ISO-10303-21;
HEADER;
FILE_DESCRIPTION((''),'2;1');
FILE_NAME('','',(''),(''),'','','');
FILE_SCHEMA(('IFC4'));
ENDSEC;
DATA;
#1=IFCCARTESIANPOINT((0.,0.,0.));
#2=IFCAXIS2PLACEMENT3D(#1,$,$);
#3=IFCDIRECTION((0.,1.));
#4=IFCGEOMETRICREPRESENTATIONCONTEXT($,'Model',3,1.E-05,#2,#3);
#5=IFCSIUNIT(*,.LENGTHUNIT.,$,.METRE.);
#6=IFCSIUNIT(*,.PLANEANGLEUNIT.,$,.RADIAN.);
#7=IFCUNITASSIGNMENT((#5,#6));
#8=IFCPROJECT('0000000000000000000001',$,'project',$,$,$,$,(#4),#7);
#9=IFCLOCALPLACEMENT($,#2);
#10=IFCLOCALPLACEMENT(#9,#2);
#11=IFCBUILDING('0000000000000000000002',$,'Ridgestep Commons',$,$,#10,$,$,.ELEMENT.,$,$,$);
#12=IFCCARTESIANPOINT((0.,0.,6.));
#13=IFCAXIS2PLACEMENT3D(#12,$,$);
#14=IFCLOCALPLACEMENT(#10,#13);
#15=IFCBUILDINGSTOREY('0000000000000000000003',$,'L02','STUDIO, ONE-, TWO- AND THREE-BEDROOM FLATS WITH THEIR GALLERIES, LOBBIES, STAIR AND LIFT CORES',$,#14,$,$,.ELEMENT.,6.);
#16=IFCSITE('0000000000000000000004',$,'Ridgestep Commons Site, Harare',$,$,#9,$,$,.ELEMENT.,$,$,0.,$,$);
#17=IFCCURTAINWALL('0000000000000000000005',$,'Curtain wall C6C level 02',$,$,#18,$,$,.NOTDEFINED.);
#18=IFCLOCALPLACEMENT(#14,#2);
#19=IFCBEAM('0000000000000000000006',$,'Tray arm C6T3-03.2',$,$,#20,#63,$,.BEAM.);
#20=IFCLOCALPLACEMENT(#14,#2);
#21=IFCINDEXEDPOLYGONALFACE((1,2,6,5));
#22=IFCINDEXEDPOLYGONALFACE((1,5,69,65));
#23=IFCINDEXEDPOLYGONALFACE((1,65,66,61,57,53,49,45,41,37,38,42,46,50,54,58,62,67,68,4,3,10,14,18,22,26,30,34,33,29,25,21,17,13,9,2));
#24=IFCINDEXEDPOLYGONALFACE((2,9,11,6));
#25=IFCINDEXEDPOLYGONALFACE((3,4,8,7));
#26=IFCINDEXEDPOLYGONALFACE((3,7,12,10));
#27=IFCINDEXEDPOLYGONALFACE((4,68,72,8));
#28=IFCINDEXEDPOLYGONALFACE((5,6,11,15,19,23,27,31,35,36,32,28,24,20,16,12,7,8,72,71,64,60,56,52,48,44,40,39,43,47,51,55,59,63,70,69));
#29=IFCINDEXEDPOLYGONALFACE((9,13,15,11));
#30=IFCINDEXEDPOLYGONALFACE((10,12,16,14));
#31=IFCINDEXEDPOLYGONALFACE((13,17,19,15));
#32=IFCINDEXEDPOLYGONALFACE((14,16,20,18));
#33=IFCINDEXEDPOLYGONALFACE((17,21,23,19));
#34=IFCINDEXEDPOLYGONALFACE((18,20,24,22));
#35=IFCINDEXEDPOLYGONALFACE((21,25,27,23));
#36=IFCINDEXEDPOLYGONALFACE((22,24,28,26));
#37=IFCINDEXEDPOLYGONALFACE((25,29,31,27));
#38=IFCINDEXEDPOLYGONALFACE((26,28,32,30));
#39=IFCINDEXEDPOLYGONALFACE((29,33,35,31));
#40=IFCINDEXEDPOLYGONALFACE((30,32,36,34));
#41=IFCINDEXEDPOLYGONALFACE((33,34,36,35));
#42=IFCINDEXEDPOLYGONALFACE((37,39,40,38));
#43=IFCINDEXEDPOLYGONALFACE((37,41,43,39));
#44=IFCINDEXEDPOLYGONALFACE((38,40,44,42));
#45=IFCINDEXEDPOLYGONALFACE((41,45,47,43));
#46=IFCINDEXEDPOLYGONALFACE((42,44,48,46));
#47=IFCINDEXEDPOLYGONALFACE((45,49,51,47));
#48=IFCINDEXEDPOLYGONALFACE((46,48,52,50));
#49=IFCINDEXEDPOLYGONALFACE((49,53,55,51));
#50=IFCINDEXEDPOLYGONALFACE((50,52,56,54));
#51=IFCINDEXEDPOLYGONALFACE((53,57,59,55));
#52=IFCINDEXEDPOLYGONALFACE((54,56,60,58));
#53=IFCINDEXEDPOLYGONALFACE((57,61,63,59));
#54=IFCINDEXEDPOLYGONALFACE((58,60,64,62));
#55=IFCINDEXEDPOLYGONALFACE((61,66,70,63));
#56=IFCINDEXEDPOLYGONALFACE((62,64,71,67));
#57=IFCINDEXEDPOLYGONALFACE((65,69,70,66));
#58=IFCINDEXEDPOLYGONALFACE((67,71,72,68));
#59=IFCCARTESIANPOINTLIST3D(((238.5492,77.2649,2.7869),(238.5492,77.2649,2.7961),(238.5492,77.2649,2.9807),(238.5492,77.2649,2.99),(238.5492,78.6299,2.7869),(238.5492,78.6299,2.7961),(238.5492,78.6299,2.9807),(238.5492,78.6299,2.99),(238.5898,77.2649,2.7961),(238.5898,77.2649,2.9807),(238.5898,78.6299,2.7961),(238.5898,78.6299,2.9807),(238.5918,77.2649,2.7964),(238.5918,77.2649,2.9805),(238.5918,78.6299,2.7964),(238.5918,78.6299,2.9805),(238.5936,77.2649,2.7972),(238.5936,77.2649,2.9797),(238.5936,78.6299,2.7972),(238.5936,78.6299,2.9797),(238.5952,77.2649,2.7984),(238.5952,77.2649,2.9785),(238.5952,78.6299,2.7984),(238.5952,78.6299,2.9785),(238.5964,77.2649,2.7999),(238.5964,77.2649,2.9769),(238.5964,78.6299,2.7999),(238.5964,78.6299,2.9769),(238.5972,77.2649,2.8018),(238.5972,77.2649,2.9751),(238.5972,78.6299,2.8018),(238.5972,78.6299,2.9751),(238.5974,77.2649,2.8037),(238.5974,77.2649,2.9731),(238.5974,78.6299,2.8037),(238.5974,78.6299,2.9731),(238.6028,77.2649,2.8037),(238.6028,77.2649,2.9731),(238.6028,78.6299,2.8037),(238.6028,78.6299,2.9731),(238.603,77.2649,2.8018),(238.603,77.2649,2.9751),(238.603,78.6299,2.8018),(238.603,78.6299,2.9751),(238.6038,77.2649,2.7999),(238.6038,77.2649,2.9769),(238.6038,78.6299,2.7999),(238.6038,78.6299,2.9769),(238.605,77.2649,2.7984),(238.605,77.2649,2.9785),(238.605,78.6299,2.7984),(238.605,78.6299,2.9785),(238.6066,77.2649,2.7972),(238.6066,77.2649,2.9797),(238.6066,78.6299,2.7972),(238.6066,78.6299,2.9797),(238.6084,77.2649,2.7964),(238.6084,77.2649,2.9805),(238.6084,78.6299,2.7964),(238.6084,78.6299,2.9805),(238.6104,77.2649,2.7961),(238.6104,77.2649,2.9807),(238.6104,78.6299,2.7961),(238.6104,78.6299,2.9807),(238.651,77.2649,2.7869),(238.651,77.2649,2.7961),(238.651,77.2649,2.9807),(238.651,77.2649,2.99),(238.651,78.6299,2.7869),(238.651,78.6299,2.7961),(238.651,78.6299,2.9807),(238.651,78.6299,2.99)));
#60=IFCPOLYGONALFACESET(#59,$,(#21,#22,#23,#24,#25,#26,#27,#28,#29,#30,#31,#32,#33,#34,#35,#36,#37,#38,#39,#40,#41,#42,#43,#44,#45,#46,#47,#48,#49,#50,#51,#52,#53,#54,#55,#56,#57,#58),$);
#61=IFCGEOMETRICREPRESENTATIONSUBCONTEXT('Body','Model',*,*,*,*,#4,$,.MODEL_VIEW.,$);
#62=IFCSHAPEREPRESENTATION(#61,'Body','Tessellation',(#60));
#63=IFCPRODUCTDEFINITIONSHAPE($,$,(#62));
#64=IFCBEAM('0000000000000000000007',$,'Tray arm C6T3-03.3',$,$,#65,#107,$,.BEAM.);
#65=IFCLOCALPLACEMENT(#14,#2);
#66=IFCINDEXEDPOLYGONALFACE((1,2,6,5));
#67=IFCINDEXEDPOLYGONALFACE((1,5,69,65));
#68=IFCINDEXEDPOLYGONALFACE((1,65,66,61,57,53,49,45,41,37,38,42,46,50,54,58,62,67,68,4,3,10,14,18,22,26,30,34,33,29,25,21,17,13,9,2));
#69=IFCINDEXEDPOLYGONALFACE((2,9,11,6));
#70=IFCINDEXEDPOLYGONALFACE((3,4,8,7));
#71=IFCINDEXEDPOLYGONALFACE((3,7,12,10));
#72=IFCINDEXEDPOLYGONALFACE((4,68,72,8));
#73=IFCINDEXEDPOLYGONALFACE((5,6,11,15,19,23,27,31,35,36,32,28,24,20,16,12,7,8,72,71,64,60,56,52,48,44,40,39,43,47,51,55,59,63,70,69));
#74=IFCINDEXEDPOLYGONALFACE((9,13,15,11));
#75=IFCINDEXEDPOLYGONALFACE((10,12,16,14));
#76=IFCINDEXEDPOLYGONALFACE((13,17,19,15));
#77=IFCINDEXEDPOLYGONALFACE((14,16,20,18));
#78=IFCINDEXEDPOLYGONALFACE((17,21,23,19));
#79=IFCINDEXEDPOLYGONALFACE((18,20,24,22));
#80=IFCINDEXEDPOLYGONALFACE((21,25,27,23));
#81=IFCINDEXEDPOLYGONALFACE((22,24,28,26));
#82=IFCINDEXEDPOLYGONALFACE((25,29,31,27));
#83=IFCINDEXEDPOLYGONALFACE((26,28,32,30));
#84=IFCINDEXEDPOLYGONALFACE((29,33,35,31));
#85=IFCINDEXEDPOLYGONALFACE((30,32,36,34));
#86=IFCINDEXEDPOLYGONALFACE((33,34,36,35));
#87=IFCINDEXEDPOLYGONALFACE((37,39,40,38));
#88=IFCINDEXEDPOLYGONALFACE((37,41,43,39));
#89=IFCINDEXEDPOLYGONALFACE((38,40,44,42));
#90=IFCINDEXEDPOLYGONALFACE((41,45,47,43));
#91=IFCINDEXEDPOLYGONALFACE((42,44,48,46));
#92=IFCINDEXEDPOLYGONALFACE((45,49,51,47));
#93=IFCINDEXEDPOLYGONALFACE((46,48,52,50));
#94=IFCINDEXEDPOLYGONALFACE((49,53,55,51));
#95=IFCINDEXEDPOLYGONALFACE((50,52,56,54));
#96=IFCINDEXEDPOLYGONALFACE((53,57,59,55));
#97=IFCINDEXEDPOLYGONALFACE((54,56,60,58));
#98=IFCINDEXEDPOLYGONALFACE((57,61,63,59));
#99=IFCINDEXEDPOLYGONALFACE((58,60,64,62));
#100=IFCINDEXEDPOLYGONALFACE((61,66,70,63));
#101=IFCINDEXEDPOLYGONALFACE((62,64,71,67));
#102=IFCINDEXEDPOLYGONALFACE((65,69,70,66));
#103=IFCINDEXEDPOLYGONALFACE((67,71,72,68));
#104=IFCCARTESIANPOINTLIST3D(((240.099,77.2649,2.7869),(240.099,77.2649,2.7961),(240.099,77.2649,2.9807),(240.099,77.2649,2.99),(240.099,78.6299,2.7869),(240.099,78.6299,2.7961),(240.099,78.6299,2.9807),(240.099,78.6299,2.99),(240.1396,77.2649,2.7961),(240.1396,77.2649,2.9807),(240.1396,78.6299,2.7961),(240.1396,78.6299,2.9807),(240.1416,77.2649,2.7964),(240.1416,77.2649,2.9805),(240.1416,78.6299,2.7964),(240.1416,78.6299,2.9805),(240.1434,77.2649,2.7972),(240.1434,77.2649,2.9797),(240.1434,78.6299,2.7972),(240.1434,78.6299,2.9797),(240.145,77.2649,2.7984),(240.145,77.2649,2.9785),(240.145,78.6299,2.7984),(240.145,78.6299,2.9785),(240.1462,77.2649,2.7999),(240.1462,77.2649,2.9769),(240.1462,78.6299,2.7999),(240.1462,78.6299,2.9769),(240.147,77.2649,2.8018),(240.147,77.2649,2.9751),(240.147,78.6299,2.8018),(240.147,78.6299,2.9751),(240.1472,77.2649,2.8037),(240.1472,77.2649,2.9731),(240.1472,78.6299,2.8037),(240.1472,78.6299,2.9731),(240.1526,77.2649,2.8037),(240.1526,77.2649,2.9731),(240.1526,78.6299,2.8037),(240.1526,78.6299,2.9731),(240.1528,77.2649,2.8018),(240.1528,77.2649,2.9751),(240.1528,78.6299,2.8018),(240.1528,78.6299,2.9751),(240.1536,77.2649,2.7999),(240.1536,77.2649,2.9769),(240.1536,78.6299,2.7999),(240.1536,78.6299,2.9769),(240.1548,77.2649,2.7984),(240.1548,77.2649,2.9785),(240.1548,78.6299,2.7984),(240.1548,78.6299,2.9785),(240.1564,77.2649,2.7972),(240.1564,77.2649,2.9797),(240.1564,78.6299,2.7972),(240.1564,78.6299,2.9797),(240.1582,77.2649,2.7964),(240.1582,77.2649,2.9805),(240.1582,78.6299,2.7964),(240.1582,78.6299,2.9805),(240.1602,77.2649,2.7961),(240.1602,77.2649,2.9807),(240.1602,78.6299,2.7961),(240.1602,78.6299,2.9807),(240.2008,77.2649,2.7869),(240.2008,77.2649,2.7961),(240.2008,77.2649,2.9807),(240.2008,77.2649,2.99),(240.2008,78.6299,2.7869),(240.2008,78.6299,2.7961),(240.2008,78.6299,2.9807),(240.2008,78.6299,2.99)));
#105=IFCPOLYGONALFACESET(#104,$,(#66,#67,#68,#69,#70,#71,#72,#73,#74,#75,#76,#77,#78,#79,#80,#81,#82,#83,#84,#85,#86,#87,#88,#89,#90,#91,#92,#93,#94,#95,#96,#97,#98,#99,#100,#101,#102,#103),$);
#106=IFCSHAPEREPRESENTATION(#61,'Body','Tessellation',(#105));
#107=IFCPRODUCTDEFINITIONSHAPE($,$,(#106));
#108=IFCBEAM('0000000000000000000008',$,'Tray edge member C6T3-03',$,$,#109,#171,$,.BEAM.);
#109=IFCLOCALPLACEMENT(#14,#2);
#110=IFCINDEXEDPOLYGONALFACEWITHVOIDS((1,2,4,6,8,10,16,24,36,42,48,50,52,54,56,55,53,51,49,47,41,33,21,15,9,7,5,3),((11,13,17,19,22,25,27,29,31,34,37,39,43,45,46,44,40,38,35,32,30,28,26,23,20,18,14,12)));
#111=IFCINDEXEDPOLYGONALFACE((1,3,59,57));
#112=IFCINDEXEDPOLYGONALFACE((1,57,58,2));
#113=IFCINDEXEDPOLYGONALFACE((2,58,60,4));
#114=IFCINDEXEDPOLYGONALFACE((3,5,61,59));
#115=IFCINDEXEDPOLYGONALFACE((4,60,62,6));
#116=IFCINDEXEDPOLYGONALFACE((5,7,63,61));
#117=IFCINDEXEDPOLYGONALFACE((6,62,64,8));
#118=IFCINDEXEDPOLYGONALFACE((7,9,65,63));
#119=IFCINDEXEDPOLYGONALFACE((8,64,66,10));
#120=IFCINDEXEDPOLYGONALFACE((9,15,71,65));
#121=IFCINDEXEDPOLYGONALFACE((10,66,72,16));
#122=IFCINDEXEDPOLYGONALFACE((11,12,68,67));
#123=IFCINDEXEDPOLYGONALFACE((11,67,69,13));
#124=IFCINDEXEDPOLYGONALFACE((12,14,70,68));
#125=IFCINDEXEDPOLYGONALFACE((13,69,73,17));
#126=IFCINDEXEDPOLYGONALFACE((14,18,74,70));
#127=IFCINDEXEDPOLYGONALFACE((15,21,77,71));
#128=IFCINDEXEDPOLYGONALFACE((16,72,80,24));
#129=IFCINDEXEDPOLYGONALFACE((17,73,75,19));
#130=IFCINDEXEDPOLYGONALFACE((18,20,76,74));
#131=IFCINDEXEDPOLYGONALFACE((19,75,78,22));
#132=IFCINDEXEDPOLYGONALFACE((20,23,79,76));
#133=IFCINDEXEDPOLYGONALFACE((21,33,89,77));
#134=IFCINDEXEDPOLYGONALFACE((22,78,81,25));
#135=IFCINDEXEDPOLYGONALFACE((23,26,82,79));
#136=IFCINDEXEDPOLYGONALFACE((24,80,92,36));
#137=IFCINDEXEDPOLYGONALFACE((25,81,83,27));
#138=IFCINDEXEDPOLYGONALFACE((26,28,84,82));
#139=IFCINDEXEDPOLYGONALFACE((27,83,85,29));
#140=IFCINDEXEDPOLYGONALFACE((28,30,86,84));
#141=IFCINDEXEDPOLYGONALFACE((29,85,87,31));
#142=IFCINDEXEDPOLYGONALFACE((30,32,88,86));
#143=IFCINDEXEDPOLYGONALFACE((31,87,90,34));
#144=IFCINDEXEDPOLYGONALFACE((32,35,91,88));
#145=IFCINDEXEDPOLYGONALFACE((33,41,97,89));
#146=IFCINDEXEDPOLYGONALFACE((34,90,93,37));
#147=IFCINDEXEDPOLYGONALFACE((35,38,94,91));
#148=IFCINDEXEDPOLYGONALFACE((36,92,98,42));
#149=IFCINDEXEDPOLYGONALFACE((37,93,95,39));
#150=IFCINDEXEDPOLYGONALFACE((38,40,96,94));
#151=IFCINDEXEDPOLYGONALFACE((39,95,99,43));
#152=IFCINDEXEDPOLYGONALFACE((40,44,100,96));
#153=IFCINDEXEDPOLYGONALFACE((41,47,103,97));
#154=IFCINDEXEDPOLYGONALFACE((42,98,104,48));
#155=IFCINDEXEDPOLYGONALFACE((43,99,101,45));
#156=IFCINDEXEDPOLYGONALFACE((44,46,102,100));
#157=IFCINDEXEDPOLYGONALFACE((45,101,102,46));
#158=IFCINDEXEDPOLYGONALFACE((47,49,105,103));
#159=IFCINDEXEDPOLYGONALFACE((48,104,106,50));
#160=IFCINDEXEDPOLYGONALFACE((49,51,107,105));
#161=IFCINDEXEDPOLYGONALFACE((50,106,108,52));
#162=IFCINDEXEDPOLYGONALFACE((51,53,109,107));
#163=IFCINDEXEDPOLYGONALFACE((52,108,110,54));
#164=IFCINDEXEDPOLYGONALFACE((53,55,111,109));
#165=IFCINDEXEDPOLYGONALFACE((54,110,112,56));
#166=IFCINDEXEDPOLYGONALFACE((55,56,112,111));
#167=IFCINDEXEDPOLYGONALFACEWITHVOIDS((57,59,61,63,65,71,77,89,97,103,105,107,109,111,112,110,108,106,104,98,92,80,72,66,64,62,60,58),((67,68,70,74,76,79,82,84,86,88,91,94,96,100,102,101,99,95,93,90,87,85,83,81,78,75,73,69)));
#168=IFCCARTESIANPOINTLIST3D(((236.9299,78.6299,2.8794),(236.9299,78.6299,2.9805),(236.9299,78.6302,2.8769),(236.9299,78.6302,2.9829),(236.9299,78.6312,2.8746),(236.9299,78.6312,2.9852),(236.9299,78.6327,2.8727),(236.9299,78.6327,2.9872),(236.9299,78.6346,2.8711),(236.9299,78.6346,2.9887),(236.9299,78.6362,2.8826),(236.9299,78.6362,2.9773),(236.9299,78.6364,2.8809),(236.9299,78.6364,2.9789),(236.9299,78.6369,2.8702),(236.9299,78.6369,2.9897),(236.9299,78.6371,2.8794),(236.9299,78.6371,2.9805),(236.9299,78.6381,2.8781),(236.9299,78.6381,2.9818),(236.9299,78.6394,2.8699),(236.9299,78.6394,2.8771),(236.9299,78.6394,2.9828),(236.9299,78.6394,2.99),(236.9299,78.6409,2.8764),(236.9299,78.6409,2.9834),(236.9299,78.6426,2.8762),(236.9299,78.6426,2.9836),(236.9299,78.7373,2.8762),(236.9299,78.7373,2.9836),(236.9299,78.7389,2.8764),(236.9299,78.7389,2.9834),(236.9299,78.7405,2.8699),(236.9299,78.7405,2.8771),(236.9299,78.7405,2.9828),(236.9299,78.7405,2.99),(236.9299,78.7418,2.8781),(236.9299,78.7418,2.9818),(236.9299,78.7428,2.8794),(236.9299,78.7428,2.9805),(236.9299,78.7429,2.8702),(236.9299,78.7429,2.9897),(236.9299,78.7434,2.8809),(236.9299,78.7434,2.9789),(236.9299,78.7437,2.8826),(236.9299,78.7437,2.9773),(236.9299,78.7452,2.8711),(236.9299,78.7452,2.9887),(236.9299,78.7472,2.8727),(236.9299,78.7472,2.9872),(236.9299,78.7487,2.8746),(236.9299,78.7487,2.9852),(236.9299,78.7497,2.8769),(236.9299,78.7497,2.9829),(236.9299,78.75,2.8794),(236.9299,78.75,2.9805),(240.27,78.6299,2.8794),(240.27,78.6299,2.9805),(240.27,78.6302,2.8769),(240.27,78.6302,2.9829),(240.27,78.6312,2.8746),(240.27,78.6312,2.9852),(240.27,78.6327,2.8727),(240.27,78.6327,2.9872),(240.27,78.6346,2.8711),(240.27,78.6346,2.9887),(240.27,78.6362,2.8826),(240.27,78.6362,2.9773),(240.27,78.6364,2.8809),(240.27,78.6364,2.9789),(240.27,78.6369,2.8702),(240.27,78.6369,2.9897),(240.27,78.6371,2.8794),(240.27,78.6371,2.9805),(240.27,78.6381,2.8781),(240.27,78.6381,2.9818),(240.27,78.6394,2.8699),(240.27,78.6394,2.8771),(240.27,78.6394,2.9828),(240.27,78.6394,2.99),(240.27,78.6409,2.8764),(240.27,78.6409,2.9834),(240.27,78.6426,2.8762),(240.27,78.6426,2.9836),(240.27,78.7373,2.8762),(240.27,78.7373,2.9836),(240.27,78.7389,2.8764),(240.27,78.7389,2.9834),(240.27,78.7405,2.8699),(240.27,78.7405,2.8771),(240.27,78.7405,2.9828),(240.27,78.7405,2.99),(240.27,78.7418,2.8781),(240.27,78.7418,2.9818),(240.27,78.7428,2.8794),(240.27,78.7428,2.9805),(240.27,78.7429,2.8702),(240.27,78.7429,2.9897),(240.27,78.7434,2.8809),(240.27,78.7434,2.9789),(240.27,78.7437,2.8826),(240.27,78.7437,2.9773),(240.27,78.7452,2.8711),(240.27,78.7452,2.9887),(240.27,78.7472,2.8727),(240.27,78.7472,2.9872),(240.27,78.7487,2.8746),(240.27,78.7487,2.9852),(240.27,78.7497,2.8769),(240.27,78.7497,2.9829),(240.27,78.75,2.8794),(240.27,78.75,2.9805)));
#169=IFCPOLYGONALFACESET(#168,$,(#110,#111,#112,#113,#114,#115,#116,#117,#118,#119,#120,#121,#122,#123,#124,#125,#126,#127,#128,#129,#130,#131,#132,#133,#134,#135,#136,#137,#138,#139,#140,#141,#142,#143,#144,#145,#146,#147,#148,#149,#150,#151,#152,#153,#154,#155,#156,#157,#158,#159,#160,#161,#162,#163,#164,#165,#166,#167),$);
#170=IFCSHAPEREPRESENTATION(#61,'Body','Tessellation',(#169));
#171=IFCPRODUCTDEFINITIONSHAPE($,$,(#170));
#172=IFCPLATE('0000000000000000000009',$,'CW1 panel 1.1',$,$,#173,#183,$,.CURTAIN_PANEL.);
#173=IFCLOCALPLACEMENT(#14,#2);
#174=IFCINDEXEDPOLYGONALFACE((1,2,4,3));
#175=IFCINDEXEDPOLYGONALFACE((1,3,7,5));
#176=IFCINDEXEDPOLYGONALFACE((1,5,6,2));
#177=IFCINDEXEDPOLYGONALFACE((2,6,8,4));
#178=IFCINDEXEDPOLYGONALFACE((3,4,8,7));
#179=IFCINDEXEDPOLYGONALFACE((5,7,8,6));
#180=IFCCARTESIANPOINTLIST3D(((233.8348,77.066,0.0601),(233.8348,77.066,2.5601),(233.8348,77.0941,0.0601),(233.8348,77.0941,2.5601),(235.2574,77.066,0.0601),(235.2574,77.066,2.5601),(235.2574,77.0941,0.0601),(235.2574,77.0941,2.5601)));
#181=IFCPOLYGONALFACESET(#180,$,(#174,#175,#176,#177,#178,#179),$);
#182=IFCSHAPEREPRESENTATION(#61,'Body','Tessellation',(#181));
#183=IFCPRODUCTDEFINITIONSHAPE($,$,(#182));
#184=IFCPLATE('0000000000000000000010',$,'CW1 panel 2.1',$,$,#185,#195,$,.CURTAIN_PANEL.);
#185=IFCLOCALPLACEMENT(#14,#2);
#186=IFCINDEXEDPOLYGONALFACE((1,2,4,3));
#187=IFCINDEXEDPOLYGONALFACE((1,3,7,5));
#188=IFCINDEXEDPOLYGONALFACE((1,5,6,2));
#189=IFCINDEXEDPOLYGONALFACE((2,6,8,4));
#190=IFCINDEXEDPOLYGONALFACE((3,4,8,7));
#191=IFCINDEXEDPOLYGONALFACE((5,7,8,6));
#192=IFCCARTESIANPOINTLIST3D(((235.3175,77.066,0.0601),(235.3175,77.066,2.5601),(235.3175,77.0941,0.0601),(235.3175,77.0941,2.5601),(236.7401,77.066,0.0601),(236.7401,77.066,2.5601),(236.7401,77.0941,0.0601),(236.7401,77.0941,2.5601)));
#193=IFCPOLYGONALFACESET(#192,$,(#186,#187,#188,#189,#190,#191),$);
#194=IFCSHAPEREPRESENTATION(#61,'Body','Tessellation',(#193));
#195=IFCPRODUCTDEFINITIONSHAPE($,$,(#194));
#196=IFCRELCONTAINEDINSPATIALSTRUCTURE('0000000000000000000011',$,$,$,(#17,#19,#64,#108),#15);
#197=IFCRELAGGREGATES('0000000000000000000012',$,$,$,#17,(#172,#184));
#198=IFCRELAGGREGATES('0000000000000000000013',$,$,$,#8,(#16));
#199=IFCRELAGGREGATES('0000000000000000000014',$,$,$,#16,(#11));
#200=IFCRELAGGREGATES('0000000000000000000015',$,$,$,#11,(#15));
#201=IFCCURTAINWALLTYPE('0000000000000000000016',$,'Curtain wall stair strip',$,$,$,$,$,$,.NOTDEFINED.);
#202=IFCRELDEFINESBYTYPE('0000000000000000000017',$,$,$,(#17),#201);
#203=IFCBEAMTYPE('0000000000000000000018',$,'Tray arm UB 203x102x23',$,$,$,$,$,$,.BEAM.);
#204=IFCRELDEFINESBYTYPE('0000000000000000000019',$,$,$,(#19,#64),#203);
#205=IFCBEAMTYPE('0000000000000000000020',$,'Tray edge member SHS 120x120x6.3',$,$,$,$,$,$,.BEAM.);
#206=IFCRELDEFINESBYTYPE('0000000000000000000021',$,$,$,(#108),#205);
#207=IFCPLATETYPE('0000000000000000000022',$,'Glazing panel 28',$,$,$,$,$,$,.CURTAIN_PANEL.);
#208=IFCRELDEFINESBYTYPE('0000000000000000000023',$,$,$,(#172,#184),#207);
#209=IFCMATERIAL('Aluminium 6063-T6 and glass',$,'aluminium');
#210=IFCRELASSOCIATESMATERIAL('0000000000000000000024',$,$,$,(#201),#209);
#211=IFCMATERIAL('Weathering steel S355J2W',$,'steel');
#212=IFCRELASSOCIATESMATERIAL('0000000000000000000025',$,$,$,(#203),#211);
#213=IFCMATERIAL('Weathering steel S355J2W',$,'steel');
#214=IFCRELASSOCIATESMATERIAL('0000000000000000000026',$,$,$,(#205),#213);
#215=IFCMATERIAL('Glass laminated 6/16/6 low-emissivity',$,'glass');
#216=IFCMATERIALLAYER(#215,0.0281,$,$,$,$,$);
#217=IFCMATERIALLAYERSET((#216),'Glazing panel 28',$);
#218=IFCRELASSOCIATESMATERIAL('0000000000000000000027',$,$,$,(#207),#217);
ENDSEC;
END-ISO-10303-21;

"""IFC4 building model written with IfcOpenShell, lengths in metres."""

from ifc_helpers import new_model, si_unit, direction, frame, origin, origin_2d, place, context, subcontext, project, spatial, rectangle, hollow_rectangle, i_section, extrude, material, layer, layer_set, material_profile, profile_set, type_object, element, aggregate, save


model = new_model("IFC4")

# Units and contexts
model_context = context("Model", 3, precision=1e-05, world=origin(), true_north=direction((0.0, 1.0)))
body_context = subcontext(model_context, "Body", "Model", "MODEL_VIEW")
ifc_project = project(units=[si_unit("LENGTHUNIT", "METRE"), si_unit("PLANEANGLEUNIT", "RADIAN")], contexts=[model_context])

# Site, building, storey
site_placement = place(None, origin())
site = spatial("IfcSite", under=ifc_project, at=site_placement, Name="Ridgestep Commons Site, Harare", CompositionType="ELEMENT", RefElevation=0.0)
building_placement = place(site_placement, origin())
building = spatial("IfcBuilding", under=site, at=building_placement, Name="Ridgestep Commons", CompositionType="ELEMENT")
storey_placement = place(building_placement, frame((0.0, 0.0, 6.0)))
storey = spatial("IfcBuildingStorey", under=building, at=storey_placement, Name="L02", Description="STUDIO, ONE-, TWO- AND THREE-BEDROOM FLATS WITH THEIR GALLERIES, LOBBIES, STAIR AND LIFT CORES", CompositionType="ELEMENT", Elevation=6.0)

# Curtain wall
ifc_material_1 = material(Name="Aluminium 6063-T6 and glass", Category="aluminium")
curtain_wall_type = type_object("IfcCurtainWallType", Name="Curtain wall stair strip", PredefinedType="NOTDEFINED", material=ifc_material_1)
curtain_wall_placement = place(storey_placement, origin())
curtain_wall = element("IfcCurtainWall", 1, at=curtain_wall_placement, inside=storey, type_object=curtain_wall_type, Name="Curtain wall C6C level 02", PredefinedType="NOTDEFINED")

# Beams
ifc_material_2 = material(Name="Weathering steel S355J2W", Category="steel")
ifc_material_profile_1 = material_profile(ifc_material_2, i_section(OverallWidth=0.1018, OverallDepth=0.2031, WebThickness=0.0054, FlangeThickness=0.0093, FilletRadius=0.0076, at=origin_2d()), Name="UB 203x102x23")
ifc_profile_set_1 = profile_set([ifc_material_profile_1], Name="Weathering steel S355J2W")
beam_type_1 = type_object("IfcBeamType", Name="Tray arm UB 203x102x23", PredefinedType="BEAM", material=ifc_profile_set_1)
for number, where, z_axis, x_axis, name in (
    (2, (238.6001, 77.2649, 2.8884), (0.0, 1.0, 0.0), (-1.0, 0.0, 0.0), "Tray arm C6T3-03.2"),
    (3, (240.1499, 77.2649, 2.8884), (0.0, 1.0, 0.0), (-1.0, 0.0, 0.0), "Tray arm C6T3-03.3"),
):
    element("IfcBeam", number, at=place(storey_placement, frame(where, z_axis=z_axis, x_axis=x_axis)), inside=storey, type_object=beam_type_1, Name=name, PredefinedType="BEAM", context=body_context, shape_type="SweptSolid", body=[
        extrude(i_section(OverallWidth=0.1018, OverallDepth=0.2031, WebThickness=0.0054, FlangeThickness=0.0093, FilletRadius=0.0076, at=origin_2d()), origin(), (0.0, 0.0, 1.0), 1.365),
    ])
ifc_material_3 = material(Name="Weathering steel S355J2W", Category="steel")
ifc_material_profile_2 = material_profile(ifc_material_3, hollow_rectangle(XDim=0.1201, YDim=0.1201, WallThickness=0.0063, InnerFilletRadius=0.0063, OuterFilletRadius=0.0095, at=origin_2d()), Name="SHS 120x120x6.3")
ifc_profile_set_2 = profile_set([ifc_material_profile_2], Name="Weathering steel S355J2W")
beam_type_2 = type_object("IfcBeamType", Name="Tray edge member SHS 120x120x6.3", PredefinedType="BEAM", material=ifc_profile_set_2)
beam_placement = place(storey_placement, frame((236.9299, 78.6899, 2.9299), z_axis=(1.0, 0.0, 0.0), x_axis=(0.0, 0.0, 1.0)))
element("IfcBeam", 4, at=beam_placement, inside=storey, type_object=beam_type_2, Name="Tray edge member C6T3-03", PredefinedType="BEAM", context=body_context, shape_type="SweptSolid", body=[
    extrude(hollow_rectangle(XDim=0.1201, YDim=0.1201, WallThickness=0.0063, InnerFilletRadius=0.0063, OuterFilletRadius=0.0095, at=origin_2d()), origin(), (0.0, 0.0, 1.0), 3.3401),
])

# Plates
ifc_material_4 = material(Name="Glass laminated 6/16/6 low-emissivity", Category="glass")
ifc_layer_1 = layer(ifc_material_4, 0.0281)
ifc_layer_set_1 = layer_set([ifc_layer_1], Name="Glazing panel 28")
plate_type_1 = type_object("IfcPlateType", Name="Glazing panel 28", PredefinedType="CURTAIN_PANEL", material=ifc_layer_set_1)
plate_1_placement = place(storey_placement, frame((234.5461, 77.0801, 0.0601), z_axis=(0.0, 0.0, 1.0), x_axis=(1.0, 0.0, 0.0)))
plate_1 = element("IfcPlate", 5, at=plate_1_placement, type_object=plate_type_1, Name="CW1 panel 1.1", PredefinedType="CURTAIN_PANEL", context=body_context, shape_type="SweptSolid", body=[
    extrude(rectangle(XDim=1.4226, YDim=0.0281, at=origin_2d()), origin(), (0.0, 0.0, 1.0), 2.5),
])
plate_2_placement = place(storey_placement, frame((236.0288, 77.0801, 0.0601), z_axis=(0.0, 0.0, 1.0), x_axis=(1.0, 0.0, 0.0)))
plate_2 = element("IfcPlate", 6, at=plate_2_placement, type_object=plate_type_1, Name="CW1 panel 2.1", PredefinedType="CURTAIN_PANEL", context=body_context, shape_type="SweptSolid", body=[
    extrude(rectangle(XDim=1.4226, YDim=0.0281, at=origin_2d()), origin(), (0.0, 0.0, 1.0), 2.5),
])
aggregate(curtain_wall, [plate_1, plate_2])

save(model, "model.ifc")
